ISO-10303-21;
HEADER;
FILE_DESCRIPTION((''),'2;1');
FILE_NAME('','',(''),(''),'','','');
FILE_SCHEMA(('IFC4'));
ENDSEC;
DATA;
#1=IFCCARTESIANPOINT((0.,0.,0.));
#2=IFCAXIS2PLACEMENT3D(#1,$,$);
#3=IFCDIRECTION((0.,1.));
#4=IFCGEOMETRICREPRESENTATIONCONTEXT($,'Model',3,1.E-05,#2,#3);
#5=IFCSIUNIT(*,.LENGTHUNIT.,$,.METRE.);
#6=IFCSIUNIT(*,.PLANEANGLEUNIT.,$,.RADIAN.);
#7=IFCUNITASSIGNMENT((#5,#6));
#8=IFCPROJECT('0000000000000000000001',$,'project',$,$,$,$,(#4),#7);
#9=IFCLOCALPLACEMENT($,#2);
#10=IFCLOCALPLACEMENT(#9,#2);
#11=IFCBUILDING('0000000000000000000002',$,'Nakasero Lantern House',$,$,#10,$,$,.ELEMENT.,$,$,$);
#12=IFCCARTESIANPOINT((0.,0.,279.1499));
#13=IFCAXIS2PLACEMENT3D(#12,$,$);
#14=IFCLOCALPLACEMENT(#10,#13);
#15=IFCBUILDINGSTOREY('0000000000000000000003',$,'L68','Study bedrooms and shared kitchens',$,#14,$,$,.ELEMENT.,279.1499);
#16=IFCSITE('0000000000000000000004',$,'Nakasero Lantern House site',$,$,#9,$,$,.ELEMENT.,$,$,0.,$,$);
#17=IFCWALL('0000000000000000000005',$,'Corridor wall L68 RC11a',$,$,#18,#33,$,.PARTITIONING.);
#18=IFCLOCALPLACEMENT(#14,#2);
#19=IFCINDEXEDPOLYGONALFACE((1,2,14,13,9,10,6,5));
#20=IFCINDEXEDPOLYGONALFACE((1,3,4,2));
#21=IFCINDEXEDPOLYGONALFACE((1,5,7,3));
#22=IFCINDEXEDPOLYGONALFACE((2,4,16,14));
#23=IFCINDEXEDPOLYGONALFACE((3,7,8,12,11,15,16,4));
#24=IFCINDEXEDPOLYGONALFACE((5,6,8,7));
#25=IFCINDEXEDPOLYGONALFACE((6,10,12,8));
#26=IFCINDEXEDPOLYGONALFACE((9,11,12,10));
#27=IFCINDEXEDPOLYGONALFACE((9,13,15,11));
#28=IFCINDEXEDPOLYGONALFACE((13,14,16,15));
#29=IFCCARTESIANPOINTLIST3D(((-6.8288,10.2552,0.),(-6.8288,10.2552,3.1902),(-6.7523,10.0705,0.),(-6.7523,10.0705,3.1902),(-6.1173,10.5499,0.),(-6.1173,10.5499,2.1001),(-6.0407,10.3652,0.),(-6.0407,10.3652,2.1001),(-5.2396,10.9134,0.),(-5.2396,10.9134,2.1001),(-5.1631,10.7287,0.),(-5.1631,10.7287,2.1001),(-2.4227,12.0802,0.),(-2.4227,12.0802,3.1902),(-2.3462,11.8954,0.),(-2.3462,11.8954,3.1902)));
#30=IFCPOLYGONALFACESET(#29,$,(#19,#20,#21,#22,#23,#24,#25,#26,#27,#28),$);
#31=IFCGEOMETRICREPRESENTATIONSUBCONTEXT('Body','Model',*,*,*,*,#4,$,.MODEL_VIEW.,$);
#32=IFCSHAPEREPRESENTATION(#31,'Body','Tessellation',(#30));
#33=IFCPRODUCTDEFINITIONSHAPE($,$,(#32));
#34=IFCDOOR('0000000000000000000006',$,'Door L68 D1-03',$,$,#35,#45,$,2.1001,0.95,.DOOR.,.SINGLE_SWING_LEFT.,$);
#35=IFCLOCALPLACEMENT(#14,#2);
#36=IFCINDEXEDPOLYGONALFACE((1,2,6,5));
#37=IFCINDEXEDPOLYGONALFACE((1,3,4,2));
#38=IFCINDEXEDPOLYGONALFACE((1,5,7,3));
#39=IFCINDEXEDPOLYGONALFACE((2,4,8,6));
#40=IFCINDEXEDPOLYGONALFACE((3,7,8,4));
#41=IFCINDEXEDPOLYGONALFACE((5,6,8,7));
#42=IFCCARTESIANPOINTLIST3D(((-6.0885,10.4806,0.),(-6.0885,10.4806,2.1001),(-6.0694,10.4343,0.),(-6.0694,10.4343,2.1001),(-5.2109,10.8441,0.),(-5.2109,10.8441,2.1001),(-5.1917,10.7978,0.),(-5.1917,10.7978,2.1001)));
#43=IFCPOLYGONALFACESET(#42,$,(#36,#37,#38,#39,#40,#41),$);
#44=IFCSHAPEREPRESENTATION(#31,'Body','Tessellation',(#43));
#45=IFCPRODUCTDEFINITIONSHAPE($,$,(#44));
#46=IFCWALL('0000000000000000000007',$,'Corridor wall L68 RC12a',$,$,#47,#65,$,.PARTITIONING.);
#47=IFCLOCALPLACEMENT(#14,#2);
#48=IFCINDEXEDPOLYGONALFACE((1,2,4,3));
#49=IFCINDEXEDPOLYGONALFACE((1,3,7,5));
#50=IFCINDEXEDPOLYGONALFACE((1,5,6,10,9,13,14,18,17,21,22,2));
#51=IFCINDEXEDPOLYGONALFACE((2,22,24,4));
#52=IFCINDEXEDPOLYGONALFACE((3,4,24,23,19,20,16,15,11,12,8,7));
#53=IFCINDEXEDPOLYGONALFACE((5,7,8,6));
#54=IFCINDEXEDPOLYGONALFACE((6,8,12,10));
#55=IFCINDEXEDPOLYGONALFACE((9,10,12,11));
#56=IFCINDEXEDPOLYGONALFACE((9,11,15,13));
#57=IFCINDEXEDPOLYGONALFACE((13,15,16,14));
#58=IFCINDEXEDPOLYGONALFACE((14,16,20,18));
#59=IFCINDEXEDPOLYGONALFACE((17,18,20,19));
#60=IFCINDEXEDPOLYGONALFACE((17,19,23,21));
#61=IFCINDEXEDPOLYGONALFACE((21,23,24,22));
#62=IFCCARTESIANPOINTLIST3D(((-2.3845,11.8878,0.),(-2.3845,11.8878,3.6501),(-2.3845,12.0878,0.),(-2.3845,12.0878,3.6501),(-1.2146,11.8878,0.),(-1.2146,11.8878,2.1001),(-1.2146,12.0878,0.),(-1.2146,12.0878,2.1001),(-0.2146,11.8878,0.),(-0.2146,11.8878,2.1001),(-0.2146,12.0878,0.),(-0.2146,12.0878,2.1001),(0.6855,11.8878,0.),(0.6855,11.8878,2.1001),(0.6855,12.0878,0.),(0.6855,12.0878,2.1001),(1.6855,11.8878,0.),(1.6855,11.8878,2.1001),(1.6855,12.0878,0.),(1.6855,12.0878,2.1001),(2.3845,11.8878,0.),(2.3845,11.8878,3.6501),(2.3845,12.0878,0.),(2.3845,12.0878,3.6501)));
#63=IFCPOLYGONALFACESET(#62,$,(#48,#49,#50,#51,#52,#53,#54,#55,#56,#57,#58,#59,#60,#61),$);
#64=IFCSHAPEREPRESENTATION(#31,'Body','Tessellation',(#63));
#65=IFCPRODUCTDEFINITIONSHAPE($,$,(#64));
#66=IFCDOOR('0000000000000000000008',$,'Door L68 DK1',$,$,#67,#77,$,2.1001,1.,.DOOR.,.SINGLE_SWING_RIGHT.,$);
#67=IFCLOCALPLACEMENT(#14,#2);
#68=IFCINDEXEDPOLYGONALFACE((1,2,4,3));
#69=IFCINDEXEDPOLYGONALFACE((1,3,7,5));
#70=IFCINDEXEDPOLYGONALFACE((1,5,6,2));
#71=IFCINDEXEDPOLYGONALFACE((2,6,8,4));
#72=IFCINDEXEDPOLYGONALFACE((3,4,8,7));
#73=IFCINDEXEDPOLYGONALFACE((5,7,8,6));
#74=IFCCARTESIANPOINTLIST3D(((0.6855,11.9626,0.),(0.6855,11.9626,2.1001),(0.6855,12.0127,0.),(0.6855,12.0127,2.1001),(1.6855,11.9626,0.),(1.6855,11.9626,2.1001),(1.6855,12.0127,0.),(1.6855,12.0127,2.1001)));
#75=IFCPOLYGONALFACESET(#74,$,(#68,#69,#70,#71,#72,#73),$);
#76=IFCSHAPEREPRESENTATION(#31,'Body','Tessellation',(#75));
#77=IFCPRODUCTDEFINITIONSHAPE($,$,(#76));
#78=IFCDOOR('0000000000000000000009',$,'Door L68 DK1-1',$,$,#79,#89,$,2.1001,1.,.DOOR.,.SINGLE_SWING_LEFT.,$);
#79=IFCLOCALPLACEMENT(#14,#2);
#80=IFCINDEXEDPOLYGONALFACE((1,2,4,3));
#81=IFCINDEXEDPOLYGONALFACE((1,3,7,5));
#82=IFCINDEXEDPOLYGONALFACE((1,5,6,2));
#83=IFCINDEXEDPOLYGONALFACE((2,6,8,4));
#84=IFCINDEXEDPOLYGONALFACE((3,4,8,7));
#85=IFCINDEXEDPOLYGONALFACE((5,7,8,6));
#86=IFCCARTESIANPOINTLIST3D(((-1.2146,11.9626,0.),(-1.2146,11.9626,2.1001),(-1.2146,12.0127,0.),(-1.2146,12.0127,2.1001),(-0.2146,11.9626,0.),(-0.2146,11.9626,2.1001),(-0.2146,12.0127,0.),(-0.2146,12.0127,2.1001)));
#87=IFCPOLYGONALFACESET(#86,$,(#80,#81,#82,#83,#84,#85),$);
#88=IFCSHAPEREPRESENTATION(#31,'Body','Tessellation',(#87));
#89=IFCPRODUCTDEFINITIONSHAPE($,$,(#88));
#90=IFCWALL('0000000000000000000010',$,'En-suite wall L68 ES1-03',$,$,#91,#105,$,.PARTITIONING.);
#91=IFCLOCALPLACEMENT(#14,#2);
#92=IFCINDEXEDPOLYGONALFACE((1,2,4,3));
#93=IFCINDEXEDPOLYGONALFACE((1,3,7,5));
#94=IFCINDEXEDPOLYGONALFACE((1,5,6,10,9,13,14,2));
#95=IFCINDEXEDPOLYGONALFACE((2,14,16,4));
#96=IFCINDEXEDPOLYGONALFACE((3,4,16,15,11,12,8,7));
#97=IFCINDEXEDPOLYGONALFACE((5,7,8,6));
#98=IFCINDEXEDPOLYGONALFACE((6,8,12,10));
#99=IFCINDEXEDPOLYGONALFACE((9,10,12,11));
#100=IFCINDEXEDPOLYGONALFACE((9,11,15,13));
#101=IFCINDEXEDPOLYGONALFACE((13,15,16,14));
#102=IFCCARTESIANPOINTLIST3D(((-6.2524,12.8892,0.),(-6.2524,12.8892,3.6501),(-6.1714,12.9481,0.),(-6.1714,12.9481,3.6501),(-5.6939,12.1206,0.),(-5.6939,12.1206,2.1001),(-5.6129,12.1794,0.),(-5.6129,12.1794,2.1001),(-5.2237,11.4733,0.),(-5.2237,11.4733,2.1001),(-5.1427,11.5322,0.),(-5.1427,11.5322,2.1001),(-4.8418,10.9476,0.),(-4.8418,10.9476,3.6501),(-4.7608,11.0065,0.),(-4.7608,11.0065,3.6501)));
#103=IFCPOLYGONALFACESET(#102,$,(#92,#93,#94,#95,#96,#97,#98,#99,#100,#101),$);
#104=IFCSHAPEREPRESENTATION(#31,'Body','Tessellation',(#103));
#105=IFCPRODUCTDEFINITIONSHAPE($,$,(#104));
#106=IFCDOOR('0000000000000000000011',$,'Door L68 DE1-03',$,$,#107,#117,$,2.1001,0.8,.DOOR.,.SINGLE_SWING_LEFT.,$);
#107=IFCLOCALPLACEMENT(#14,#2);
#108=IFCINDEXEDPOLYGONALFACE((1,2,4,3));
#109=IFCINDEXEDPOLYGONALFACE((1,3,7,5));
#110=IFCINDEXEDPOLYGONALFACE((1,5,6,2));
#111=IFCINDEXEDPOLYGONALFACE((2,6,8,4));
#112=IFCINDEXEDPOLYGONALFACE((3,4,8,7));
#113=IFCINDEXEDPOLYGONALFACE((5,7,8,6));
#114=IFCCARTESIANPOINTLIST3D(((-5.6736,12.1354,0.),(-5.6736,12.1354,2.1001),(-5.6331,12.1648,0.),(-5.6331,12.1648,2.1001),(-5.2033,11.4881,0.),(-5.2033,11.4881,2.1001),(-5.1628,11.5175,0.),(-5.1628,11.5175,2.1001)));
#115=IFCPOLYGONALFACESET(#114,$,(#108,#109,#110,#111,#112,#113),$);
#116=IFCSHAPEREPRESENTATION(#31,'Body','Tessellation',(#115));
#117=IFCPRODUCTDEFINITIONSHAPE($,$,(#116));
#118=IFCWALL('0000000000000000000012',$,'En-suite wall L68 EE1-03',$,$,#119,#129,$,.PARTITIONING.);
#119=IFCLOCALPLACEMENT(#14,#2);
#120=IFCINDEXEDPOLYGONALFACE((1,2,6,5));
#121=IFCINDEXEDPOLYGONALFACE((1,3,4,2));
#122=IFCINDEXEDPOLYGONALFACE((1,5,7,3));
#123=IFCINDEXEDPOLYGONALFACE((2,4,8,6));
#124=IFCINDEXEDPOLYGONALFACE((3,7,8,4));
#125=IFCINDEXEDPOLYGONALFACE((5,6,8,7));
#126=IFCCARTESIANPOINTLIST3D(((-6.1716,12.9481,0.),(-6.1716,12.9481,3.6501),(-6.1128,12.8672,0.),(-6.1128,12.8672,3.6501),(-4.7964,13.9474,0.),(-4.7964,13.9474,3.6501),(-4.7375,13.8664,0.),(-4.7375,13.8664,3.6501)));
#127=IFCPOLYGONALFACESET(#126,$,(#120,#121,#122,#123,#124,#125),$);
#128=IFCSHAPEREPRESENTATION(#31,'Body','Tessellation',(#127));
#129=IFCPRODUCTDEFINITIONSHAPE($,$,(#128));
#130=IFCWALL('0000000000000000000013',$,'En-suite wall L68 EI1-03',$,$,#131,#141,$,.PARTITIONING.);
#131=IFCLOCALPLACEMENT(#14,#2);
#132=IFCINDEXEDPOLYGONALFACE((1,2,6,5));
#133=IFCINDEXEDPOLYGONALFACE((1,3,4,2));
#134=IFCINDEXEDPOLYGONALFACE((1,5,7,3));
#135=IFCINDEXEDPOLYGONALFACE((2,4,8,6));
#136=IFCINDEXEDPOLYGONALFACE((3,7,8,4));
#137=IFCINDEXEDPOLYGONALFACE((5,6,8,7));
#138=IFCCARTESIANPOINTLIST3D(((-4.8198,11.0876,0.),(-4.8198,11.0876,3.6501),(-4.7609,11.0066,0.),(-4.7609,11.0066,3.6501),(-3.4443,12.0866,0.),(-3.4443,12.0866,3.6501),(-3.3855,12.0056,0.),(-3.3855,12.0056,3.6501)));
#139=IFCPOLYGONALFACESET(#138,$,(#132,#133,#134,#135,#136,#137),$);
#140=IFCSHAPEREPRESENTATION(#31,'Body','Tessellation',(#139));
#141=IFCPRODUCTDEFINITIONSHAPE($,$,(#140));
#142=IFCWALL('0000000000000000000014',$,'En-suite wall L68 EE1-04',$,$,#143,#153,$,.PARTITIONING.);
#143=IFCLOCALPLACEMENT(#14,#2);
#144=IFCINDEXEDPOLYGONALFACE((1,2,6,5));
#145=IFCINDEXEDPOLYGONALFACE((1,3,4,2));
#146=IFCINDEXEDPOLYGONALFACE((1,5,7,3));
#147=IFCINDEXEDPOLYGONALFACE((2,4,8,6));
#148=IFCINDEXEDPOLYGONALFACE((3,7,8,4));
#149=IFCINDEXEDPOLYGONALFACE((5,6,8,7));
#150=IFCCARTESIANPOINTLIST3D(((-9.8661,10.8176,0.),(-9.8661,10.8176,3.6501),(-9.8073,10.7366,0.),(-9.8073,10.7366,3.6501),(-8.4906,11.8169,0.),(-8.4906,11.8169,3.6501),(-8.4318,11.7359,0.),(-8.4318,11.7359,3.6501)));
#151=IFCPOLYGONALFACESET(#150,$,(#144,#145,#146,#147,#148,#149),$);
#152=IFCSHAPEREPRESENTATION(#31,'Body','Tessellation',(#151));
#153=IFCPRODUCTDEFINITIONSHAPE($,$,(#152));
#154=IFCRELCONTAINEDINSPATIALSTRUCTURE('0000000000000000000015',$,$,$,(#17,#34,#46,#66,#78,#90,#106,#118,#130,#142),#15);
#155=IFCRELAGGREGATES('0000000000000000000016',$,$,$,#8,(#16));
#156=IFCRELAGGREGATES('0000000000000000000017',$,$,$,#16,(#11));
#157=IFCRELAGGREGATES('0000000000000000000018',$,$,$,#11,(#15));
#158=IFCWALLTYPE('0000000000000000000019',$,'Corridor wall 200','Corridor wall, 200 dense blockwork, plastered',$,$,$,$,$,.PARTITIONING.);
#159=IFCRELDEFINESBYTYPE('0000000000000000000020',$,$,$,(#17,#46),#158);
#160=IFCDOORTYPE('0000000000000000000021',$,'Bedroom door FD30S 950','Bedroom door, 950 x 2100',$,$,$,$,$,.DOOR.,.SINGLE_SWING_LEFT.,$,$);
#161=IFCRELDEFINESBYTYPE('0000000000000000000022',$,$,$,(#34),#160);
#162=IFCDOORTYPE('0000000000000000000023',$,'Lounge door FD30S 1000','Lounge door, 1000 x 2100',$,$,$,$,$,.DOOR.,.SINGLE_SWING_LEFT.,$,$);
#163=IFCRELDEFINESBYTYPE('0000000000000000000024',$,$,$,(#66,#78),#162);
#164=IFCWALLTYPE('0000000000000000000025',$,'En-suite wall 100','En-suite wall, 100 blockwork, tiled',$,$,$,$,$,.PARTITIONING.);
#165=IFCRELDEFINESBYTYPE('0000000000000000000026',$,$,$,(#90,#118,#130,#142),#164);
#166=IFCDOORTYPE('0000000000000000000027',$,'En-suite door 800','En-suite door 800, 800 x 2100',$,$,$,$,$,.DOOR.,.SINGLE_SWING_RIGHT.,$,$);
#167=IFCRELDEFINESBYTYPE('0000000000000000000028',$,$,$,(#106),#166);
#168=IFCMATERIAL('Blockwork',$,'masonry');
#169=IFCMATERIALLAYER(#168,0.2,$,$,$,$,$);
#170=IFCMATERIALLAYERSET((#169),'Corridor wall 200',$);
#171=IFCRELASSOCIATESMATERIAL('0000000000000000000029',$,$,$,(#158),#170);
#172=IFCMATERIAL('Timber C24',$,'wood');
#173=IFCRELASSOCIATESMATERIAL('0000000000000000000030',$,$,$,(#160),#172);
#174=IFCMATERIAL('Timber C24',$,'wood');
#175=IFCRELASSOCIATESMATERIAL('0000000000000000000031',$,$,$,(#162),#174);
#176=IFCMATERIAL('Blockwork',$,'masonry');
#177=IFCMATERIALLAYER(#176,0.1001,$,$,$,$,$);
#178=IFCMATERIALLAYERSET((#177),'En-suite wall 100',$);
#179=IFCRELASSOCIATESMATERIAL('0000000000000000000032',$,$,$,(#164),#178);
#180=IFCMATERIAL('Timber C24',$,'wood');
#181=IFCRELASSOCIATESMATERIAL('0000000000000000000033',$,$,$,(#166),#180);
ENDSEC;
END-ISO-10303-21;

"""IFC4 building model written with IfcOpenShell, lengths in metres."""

from ifc_helpers import new_model, si_unit, direction, frame, frame_2d, origin, place, context, subcontext, project, spatial, rectangle, extrude, material, layer, layer_set, type_object, element, fill, save


model = new_model("IFC4")

# Units and contexts
model_context = context("Model", 3, precision=1e-05, world=origin(), true_north=direction((0.0, 1.0)))
body_context = subcontext(model_context, "Body", "Model", "MODEL_VIEW")
ifc_project = project(units=[si_unit("LENGTHUNIT", "METRE"), si_unit("PLANEANGLEUNIT", "RADIAN")], contexts=[model_context])

# Site, building, storey
site_placement = place(None, origin())
site = spatial("IfcSite", under=ifc_project, at=site_placement, Name="Nakasero Lantern House site", CompositionType="ELEMENT", RefElevation=0.0)
building_placement = place(site_placement, origin())
building = spatial("IfcBuilding", under=site, at=building_placement, Name="Nakasero Lantern House", CompositionType="ELEMENT")
storey_placement = place(building_placement, frame((0.0, 0.0, 279.1499)))
storey = spatial("IfcBuildingStorey", under=building, at=storey_placement, Name="L68", Description="Study bedrooms and shared kitchens", CompositionType="ELEMENT", Elevation=279.1499)

# Wall, opening, door
ifc_material_1 = material(Name="Blockwork", Category="masonry")
ifc_layer_1 = layer(ifc_material_1, 0.2)
ifc_layer_set_1 = layer_set([ifc_layer_1], Name="Corridor wall 200")
wall_type_1 = type_object("IfcWallType", Name="Corridor wall 200", Description="Corridor wall, 200 dense blockwork, plastered", PredefinedType="PARTITIONING", material=ifc_layer_set_1)
wall_1_placement = place(storey_placement, frame((-6.7905, 10.1628, 0.0), z_axis=(0.0, 0.0, 1.0), x_axis=(0.923885, 0.38267, 0.0)))
wall_1 = element("IfcWall", 1, at=wall_1_placement, inside=storey, type_object=wall_type_1, Name="Corridor wall L68 RC11a", PredefinedType="PARTITIONING", context=body_context, shape_type="SweptSolid", body=[
    extrude(rectangle(XDim=4.769, YDim=0.2, at=frame_2d((2.3845, 0.0))), origin(), (0.0, 0.0, 1.0), 3.1902),
])
opening_1_placement = place(wall_1_placement, frame((0.77, 0.0, 0.0)))
opening_1 = element("IfcOpeningElement", 2, at=opening_1_placement, cuts=wall_1, PredefinedType="OPENING", context=body_context, shape_type="SweptSolid", body=[
    extrude(rectangle(XDim=0.95, YDim=2.1001, at=frame_2d((0.4751, 1.05))), frame((0.0, 0.1199, 0.0), z_axis=(0.0, -1.0, 0.0), x_axis=(1.0, 0.0, 0.0)), (0.0, 0.0, 1.0), 0.24),
])
ifc_material_2 = material(Name="Timber C24", Category="wood")
door_type_1 = type_object("IfcDoorType", Name="Bedroom door FD30S 950", Description="Bedroom door, 950 x 2100", OperationType="SINGLE_SWING_LEFT", PredefinedType="DOOR", material=ifc_material_2)
door_1_placement = place(opening_1_placement, origin())
door_1 = element("IfcDoor", 3, at=door_1_placement, inside=storey, type_object=door_type_1, Name="Door L68 D1-03", OperationType="SINGLE_SWING_LEFT", OverallHeight=2.1001, OverallWidth=0.95, PredefinedType="DOOR", context=body_context, shape_type="SweptSolid", body=[
    extrude(rectangle(XDim=0.95, YDim=2.1001, at=frame_2d((0.4751, 1.05))), frame((0.0, 0.0249, 0.0), z_axis=(0.0, -1.0, 0.0), x_axis=(1.0, 0.0, 0.0)), (0.0, 0.0, 1.0), 0.05),
])
fill(opening_1, door_1)

# Wall, openings, doors
wall_2_placement = place(storey_placement, frame((-2.3845, 11.9878, 0.0), z_axis=(0.0, 0.0, 1.0), x_axis=(1.0, 0.0, 0.0)))
wall_2 = element("IfcWall", 4, at=wall_2_placement, inside=storey, type_object=wall_type_1, Name="Corridor wall L68 RC12a", PredefinedType="PARTITIONING", context=body_context, shape_type="SweptSolid", body=[
    extrude(rectangle(XDim=4.769, YDim=0.2, at=frame_2d((2.3845, 0.0))), origin(), (0.0, 0.0, 1.0), 3.6501),
])
opening_2_placement = place(wall_2_placement, frame((3.0701, 0.0, 0.0)))
opening_2 = element("IfcOpeningElement", 5, at=opening_2_placement, cuts=wall_2, PredefinedType="OPENING", context=body_context, shape_type="SweptSolid", body=[
    extrude(rectangle(XDim=1.0, YDim=2.1001, at=frame_2d((0.5, 1.05))), frame((0.0, 0.1199, 0.0), z_axis=(0.0, -1.0, 0.0), x_axis=(1.0, 0.0, 0.0)), (0.0, 0.0, 1.0), 0.24),
])
opening_3_placement = place(wall_2_placement, frame((1.1699, 0.0, 0.0)))
opening_3 = element("IfcOpeningElement", 6, at=opening_3_placement, cuts=wall_2, PredefinedType="OPENING", context=body_context, shape_type="SweptSolid", body=[
    extrude(rectangle(XDim=1.0, YDim=2.1001, at=frame_2d((0.5, 1.05))), frame((0.0, 0.1199, 0.0), z_axis=(0.0, -1.0, 0.0), x_axis=(1.0, 0.0, 0.0)), (0.0, 0.0, 1.0), 0.24),
])
ifc_material_3 = material(Name="Timber C24", Category="wood")
door_type_2 = type_object("IfcDoorType", Name="Lounge door FD30S 1000", Description="Lounge door, 1000 x 2100", OperationType="SINGLE_SWING_LEFT", PredefinedType="DOOR", material=ifc_material_3)
door_2_placement = place(opening_2_placement, origin())
door_2 = element("IfcDoor", 7, at=door_2_placement, inside=storey, type_object=door_type_2, Name="Door L68 DK1", OperationType="SINGLE_SWING_RIGHT", OverallHeight=2.1001, OverallWidth=1.0, PredefinedType="DOOR", context=body_context, shape_type="SweptSolid", body=[
    extrude(rectangle(XDim=1.0, YDim=2.1001, at=frame_2d((0.5, 1.05))), frame((0.0, 0.0249, 0.0), z_axis=(0.0, -1.0, 0.0), x_axis=(1.0, 0.0, 0.0)), (0.0, 0.0, 1.0), 0.05),
])
fill(opening_2, door_2)
door_3_placement = place(opening_3_placement, origin())
door_3 = element("IfcDoor", 8, at=door_3_placement, inside=storey, type_object=door_type_2, Name="Door L68 DK1-1", OperationType="SINGLE_SWING_LEFT", OverallHeight=2.1001, OverallWidth=1.0, PredefinedType="DOOR", context=body_context, shape_type="SweptSolid", body=[
    extrude(rectangle(XDim=1.0, YDim=2.1001, at=frame_2d((0.5, 1.05))), frame((0.0, 0.0249, 0.0), z_axis=(0.0, -1.0, 0.0), x_axis=(1.0, 0.0, 0.0)), (0.0, 0.0, 1.0), 0.05),
])
fill(opening_3, door_3)

# Wall, opening, door
ifc_material_4 = material(Name="Blockwork", Category="masonry")
ifc_layer_2 = layer(ifc_material_4, 0.1001)
ifc_layer_set_2 = layer_set([ifc_layer_2], Name="En-suite wall 100")
wall_type_2 = type_object("IfcWallType", Name="En-suite wall 100", Description="En-suite wall, 100 blockwork, tiled", PredefinedType="PARTITIONING", material=ifc_layer_set_2)
wall_3_placement = place(storey_placement, frame((-4.8013, 10.9771, 0.0), z_axis=(0.0, 0.0, 1.0), x_axis=(-0.587772, 0.809026, 0.0)))
wall_3 = element("IfcWall", 9, at=wall_3_placement, inside=storey, type_object=wall_type_2, Name="En-suite wall L68 ES1-03", PredefinedType="PARTITIONING", context=body_context, shape_type="SweptSolid", body=[
    extrude(rectangle(XDim=2.3999, YDim=0.1001, at=frame_2d((1.2, 0.0))), origin(), (0.0, 0.0, 1.0), 3.6501),
])
opening_4_placement = place(wall_3_placement, frame((0.6499, 0.0, 0.0)))
opening_4 = element("IfcOpeningElement", 10, at=opening_4_placement, cuts=wall_3, PredefinedType="OPENING", context=body_context, shape_type="SweptSolid", body=[
    extrude(rectangle(XDim=0.8, YDim=2.1001, at=frame_2d((0.3999, 1.05))), frame((0.0, 0.0701, 0.0), z_axis=(0.0, -1.0, 0.0), x_axis=(1.0, 0.0, 0.0)), (0.0, 0.0, 1.0), 0.1401),
])
ifc_material_5 = material(Name="Timber C24", Category="wood")
door_type_3 = type_object("IfcDoorType", Name="En-suite door 800", Description="En-suite door 800, 800 x 2100", OperationType="SINGLE_SWING_RIGHT", PredefinedType="DOOR", material=ifc_material_5)
door_4_placement = place(opening_4_placement, origin())
door_4 = element("IfcDoor", 11, at=door_4_placement, inside=storey, type_object=door_type_3, Name="Door L68 DE1-03", OperationType="SINGLE_SWING_LEFT", OverallHeight=2.1001, OverallWidth=0.8, PredefinedType="DOOR", context=body_context, shape_type="SweptSolid", body=[
    extrude(rectangle(XDim=0.8, YDim=2.1001, at=frame_2d((0.3999, 1.05))), frame((0.0, 0.0249, 0.0), z_axis=(0.0, -1.0, 0.0), x_axis=(1.0, 0.0, 0.0)), (0.0, 0.0, 1.0), 0.05),
])
fill(opening_4, door_4)

# Walls
for number, where, z_axis, x_axis, name in (
    (12, (-4.7668, 13.907, 0.0), (0.0, 0.0, 1.0), (-0.808991, -0.587822, 0.0), "En-suite wall L68 EE1-03"),
    (13, (-3.4148, 12.0461, 0.0), (0.0, 0.0, 1.0), (-0.809109, -0.587659, 0.0), "En-suite wall L68 EI1-03"),
):
    element("IfcWall", number, at=place(storey_placement, frame(where, z_axis=z_axis, x_axis=x_axis)), inside=storey, type_object=wall_type_2, Name=name, PredefinedType="PARTITIONING", context=body_context, shape_type="SweptSolid", body=[
        extrude(rectangle(XDim=1.7, YDim=0.1001, at=frame_2d((0.8501, 0.0))), origin(), (0.0, 0.0, 1.0), 3.6501),
    ])
wall_4_placement = place(storey_placement, frame((-8.4612, 11.7764, 0.0), z_axis=(0.0, 0.0, 1.0), x_axis=(-0.80904, -0.587753, 0.0)))
element("IfcWall", 14, at=wall_4_placement, inside=storey, type_object=wall_type_2, Name="En-suite wall L68 EE1-04", PredefinedType="PARTITIONING", context=body_context, shape_type="SweptSolid", body=[
    extrude(rectangle(XDim=1.7002, YDim=0.1001, at=frame_2d((0.8501, 0.0))), origin(), (0.0, 0.0, 1.0), 3.6501),
])

save(model, "model.ifc")
